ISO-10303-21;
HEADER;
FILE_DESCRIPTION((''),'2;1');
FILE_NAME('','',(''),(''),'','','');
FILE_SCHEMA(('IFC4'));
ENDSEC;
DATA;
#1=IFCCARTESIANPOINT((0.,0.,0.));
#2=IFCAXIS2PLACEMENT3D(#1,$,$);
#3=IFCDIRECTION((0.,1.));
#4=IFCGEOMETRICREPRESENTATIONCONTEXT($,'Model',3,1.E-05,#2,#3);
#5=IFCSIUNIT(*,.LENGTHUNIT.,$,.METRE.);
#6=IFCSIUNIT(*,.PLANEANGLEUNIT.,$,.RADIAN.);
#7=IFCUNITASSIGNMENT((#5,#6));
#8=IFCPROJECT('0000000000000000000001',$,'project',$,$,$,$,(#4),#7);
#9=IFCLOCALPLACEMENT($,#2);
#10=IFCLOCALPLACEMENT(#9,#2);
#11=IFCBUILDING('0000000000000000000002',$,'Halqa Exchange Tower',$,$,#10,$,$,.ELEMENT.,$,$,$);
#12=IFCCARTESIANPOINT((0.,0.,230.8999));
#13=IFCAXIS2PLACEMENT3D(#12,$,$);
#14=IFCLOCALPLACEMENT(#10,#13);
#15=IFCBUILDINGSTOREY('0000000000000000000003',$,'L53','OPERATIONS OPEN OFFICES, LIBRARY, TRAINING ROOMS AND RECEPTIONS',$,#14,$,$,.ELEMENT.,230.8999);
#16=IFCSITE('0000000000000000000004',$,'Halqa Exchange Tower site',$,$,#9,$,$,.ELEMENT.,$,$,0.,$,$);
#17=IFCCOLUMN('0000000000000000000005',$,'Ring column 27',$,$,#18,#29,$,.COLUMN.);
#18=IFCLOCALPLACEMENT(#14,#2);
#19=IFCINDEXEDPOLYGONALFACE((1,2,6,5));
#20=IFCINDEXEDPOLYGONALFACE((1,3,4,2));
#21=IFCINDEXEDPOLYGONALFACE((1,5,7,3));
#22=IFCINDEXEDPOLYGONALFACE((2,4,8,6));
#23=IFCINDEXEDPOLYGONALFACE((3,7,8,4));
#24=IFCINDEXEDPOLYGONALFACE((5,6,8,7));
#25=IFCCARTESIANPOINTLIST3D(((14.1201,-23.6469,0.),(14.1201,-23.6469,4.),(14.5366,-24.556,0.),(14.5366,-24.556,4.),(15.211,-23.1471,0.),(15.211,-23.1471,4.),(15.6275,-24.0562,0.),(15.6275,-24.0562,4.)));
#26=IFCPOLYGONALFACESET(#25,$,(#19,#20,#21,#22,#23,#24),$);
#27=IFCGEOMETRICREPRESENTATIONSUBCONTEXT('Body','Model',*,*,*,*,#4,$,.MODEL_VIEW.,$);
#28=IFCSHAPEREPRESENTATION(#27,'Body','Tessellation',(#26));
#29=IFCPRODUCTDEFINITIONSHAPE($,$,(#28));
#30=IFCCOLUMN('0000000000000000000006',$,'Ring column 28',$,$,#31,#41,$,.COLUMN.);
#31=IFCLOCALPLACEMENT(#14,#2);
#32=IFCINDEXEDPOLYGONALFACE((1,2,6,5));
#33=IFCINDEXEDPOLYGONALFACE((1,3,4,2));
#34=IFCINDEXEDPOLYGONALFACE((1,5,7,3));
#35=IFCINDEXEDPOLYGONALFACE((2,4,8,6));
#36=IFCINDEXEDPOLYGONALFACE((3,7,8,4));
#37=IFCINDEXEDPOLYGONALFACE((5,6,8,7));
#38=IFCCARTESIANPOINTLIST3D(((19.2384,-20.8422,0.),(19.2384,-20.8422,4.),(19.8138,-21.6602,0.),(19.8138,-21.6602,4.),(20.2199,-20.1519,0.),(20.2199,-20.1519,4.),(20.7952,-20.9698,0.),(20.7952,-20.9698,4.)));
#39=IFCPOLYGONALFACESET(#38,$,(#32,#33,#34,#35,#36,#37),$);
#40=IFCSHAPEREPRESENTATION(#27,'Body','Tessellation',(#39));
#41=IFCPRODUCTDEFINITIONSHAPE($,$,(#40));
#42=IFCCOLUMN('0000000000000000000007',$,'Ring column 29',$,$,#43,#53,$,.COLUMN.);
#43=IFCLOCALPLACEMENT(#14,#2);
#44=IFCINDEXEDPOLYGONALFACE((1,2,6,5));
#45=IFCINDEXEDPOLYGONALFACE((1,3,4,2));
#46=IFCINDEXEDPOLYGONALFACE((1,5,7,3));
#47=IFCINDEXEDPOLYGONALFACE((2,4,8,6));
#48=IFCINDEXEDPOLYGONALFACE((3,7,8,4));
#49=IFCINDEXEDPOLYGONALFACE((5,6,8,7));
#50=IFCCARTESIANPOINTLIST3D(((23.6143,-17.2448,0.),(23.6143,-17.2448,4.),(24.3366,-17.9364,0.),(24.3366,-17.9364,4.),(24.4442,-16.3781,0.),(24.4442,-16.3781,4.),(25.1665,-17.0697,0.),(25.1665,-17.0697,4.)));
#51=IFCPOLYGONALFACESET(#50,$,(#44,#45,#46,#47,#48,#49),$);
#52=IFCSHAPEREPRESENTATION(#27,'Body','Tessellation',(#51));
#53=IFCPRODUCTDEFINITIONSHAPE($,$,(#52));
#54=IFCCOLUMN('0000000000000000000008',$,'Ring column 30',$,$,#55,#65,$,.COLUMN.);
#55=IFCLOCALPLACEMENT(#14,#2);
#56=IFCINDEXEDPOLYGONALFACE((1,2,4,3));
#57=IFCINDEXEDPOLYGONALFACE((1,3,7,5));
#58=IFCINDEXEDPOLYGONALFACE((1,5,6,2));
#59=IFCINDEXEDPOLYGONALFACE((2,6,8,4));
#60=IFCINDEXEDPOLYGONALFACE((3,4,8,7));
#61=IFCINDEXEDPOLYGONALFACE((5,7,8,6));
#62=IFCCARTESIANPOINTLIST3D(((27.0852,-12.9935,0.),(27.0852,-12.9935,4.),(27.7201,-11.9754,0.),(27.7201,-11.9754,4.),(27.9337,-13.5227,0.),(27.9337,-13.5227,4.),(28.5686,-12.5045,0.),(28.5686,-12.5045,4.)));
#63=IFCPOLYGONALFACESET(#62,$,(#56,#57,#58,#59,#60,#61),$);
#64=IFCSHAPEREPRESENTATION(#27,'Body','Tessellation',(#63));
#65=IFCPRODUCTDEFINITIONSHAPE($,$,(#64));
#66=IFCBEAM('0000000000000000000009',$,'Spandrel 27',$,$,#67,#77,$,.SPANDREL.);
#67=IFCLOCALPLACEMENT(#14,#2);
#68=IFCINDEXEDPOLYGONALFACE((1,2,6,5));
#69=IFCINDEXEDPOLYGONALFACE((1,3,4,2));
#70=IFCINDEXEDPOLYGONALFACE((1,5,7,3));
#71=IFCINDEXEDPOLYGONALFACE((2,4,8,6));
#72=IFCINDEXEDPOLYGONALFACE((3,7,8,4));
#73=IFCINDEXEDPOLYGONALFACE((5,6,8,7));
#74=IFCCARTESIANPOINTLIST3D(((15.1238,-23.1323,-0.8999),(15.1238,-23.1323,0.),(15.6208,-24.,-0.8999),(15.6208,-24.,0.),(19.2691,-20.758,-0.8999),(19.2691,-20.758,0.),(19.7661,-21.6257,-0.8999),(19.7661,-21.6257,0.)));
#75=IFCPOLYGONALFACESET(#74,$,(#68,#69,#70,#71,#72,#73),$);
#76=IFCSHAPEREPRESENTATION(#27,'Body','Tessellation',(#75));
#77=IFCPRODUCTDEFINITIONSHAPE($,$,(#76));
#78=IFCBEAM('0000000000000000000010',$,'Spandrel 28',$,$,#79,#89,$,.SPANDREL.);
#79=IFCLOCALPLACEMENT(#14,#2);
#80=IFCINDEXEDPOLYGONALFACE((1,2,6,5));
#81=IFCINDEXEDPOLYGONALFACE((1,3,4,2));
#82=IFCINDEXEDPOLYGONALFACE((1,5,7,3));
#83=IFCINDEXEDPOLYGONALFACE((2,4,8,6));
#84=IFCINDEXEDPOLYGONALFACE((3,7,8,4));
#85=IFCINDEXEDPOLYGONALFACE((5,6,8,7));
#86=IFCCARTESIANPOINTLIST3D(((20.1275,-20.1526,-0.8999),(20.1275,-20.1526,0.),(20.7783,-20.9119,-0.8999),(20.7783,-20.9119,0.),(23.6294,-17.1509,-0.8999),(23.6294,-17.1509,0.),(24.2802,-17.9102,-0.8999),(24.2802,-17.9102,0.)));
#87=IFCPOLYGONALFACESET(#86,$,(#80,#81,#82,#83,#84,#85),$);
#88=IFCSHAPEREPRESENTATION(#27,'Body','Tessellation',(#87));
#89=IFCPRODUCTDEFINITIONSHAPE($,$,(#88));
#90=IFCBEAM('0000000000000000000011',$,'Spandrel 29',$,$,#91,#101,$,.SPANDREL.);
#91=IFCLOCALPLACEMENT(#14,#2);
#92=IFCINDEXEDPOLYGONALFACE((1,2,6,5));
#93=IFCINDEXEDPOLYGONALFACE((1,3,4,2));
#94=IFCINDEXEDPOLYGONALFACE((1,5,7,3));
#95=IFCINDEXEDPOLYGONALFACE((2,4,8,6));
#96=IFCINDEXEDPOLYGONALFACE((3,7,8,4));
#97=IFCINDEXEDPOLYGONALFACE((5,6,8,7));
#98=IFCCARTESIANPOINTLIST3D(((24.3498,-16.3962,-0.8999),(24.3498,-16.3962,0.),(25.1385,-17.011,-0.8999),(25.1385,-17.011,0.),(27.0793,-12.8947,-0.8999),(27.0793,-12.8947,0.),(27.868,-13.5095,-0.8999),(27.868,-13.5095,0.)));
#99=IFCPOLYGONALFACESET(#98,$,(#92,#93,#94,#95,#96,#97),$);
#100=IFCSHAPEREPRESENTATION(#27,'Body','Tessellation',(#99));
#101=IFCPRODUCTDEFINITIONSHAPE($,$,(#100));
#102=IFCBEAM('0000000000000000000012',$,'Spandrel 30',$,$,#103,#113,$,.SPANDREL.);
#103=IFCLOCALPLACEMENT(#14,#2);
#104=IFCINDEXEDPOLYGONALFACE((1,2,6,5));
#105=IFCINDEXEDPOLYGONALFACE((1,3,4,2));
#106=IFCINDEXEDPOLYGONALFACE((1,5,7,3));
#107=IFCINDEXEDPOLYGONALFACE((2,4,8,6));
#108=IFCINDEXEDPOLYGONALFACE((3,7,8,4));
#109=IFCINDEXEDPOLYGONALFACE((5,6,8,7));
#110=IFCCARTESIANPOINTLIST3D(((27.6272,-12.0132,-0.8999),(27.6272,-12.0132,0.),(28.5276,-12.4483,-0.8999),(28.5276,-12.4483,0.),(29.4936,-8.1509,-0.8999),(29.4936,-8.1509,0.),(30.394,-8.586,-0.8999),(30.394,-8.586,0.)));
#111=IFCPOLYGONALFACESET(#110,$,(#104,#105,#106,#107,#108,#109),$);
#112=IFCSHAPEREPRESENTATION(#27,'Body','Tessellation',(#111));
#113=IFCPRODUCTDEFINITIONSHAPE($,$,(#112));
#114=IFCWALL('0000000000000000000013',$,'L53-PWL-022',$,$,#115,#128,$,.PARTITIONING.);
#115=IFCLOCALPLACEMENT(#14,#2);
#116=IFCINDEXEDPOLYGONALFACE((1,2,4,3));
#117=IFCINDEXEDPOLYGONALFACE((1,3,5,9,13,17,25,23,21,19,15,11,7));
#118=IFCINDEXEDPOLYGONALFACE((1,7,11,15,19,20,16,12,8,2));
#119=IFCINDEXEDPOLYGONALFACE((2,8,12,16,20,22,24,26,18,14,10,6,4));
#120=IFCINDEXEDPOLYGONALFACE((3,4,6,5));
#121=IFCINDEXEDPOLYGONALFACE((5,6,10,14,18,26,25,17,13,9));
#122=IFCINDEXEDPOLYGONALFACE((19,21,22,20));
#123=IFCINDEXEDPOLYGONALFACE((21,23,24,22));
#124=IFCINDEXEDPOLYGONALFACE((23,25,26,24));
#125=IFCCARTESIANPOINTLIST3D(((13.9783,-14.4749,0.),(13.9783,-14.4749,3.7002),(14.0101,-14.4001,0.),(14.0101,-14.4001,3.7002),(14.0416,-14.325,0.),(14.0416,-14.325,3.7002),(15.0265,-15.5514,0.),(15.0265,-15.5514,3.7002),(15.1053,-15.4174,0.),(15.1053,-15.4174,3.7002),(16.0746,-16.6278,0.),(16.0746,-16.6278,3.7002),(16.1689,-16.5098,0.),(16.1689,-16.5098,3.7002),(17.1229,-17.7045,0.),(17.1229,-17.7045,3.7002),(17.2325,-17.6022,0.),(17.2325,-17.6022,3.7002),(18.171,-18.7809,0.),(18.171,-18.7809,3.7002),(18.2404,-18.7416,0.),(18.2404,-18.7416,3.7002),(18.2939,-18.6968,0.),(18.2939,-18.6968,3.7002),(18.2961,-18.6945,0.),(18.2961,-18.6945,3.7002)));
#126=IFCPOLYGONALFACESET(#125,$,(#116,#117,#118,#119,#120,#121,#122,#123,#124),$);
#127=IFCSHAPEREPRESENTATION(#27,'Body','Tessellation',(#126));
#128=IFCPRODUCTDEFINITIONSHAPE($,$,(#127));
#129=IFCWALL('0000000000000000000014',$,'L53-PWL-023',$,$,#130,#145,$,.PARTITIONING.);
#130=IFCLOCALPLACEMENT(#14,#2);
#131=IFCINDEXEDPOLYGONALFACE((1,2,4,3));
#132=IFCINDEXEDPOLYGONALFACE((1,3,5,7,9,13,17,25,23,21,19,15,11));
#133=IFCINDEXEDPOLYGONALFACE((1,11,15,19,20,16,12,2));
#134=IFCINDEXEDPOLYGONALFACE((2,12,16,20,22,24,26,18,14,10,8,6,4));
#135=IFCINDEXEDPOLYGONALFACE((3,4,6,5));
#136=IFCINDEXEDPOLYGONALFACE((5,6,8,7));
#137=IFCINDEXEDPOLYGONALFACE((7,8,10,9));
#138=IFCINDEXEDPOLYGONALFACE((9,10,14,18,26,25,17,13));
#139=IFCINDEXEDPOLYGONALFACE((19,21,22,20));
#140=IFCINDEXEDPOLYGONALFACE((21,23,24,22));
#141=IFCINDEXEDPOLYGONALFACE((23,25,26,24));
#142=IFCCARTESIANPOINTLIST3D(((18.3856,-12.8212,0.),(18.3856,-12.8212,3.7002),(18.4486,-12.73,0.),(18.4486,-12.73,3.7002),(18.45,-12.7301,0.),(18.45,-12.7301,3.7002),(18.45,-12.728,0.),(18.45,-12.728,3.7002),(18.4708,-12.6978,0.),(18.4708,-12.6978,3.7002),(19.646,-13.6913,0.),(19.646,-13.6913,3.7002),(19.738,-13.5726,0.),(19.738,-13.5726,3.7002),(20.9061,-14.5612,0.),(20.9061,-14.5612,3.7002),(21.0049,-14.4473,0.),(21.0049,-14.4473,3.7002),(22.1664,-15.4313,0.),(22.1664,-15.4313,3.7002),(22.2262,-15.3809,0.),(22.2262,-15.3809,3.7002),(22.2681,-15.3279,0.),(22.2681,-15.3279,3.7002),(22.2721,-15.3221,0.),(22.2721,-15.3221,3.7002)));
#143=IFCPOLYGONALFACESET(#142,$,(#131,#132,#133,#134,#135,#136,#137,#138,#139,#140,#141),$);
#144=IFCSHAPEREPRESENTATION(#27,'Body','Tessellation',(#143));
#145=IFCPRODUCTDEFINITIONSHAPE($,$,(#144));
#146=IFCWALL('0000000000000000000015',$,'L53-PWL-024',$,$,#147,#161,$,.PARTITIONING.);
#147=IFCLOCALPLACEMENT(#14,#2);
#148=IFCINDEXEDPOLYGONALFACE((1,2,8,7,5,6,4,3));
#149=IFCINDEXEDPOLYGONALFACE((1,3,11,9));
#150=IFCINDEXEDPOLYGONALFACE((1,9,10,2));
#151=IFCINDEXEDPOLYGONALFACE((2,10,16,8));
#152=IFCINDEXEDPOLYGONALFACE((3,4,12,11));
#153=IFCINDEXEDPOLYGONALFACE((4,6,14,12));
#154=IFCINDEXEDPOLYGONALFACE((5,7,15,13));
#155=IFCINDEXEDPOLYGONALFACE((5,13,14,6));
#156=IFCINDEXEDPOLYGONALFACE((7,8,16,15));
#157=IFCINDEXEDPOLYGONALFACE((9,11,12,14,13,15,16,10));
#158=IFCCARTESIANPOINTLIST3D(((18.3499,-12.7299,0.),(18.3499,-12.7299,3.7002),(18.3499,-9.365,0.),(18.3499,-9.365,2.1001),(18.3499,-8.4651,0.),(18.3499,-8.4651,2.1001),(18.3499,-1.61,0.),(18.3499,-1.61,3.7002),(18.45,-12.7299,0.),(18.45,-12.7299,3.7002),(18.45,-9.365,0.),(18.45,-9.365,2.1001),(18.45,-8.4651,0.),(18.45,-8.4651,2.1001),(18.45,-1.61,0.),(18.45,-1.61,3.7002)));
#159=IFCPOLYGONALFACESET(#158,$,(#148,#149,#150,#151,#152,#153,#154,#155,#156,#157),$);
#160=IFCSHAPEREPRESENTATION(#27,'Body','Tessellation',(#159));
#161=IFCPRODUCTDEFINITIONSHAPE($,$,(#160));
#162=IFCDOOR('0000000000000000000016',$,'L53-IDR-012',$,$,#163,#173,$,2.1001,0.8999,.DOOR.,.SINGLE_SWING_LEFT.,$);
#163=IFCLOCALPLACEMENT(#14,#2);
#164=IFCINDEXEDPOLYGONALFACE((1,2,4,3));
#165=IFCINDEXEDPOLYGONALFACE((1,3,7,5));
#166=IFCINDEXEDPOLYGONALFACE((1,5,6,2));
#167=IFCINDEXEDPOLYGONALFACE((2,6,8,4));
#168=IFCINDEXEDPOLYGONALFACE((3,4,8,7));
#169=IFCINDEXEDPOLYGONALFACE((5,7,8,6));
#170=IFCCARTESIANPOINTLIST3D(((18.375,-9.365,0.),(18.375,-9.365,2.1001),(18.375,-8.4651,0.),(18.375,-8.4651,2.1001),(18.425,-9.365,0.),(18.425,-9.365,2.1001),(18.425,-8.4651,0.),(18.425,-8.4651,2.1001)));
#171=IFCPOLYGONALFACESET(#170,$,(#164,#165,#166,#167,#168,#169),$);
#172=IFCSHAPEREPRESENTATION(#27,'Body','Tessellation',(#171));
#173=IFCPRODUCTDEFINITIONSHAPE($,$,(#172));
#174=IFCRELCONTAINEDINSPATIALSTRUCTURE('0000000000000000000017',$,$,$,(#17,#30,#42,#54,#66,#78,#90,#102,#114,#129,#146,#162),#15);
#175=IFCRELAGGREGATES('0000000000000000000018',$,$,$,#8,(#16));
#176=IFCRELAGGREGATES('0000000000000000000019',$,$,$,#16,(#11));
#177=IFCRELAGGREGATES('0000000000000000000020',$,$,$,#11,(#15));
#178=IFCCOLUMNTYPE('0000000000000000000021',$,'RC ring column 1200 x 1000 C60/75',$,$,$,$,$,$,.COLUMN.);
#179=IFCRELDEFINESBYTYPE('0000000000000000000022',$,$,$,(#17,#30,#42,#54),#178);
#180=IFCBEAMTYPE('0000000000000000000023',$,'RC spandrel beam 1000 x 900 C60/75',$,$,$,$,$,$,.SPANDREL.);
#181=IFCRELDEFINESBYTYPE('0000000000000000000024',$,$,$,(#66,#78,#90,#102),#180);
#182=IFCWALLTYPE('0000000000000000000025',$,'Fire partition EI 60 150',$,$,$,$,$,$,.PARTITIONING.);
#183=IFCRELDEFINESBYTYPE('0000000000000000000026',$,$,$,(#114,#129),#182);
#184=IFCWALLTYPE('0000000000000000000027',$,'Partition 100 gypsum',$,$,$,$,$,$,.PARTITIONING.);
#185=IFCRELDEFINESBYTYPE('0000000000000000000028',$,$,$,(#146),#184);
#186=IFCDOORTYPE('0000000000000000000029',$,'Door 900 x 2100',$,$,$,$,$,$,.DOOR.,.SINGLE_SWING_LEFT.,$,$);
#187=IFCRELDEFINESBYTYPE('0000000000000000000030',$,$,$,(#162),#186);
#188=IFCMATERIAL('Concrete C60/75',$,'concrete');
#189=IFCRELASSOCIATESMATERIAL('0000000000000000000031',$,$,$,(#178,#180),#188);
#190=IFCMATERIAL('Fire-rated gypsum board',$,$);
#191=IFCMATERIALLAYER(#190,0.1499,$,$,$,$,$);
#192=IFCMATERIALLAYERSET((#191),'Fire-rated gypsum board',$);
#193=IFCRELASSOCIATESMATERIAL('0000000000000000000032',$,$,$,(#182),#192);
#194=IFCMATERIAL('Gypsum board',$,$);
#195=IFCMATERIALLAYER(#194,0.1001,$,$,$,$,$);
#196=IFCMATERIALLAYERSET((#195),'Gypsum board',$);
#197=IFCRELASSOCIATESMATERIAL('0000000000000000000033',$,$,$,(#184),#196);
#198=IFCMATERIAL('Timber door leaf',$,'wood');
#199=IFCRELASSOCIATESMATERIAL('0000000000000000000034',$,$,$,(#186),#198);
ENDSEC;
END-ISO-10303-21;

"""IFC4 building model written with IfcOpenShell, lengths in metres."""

from ifc_helpers import new_model, si_unit, direction, frame, frame_2d, origin, origin_2d, place, context, subcontext, project, spatial, polyline, rectangle, outline, extrude, material, layer, layer_set, material_profile, profile_set, type_object, element, fill, save


model = new_model("IFC4")

# Units and contexts
model_context = context("Model", 3, precision=1e-05, world=origin(), true_north=direction((0.0, 1.0)))
body_context = subcontext(model_context, "Body", "Model", "MODEL_VIEW")
ifc_project = project(units=[si_unit("LENGTHUNIT", "METRE"), si_unit("PLANEANGLEUNIT", "RADIAN")], contexts=[model_context])

# Site, building, storey
site_placement = place(None, origin())
site = spatial("IfcSite", under=ifc_project, at=site_placement, Name="Halqa Exchange Tower site", CompositionType="ELEMENT", RefElevation=0.0)
building_placement = place(site_placement, origin())
building = spatial("IfcBuilding", under=site, at=building_placement, Name="Halqa Exchange Tower", CompositionType="ELEMENT")
storey_placement = place(building_placement, frame((0.0, 0.0, 230.8999)))
storey = spatial("IfcBuildingStorey", under=building, at=storey_placement, Name="L53", Description="OPERATIONS OPEN OFFICES, LIBRARY, TRAINING ROOMS AND RECEPTIONS", CompositionType="ELEMENT", Elevation=230.8999)

# Columns
ifc_material_1 = material(Name="Concrete C60/75", Category="concrete")
ifc_material_profile_1 = material_profile(ifc_material_1, rectangle(XDim=1.2, YDim=1.0, at=origin_2d()), Name="1200 x 1000")
ifc_profile_set_1 = profile_set([ifc_material_profile_1], Name="Concrete C60/75")
column_type = type_object("IfcColumnType", Name="RC ring column 1200 x 1000 C60/75", PredefinedType="COLUMN", material=ifc_profile_set_1)
for number, where, z_axis, x_axis, name in (
    (1, (14.8738, -23.8516, 0.0), (0.0, 0.0, 1.0), (0.909129, 0.416516, 0.0), "Ring column 27"),
    (2, (20.0168, -20.906, 0.0), (0.0, 0.0, 1.0), (0.817909, 0.575348, 0.0), "Ring column 28"),
    (3, (24.3904, -17.1572, 0.0), (0.0, 0.0, 1.0), (0.691576, 0.722304, 0.0), "Ring column 29"),
    (4, (27.8269, -12.749, 0.0), (0.0, 0.0, 1.0), (0.529146, 0.848531, 0.0), "Ring column 30"),
):
    element("IfcColumn", number, at=place(storey_placement, frame(where, z_axis=z_axis, x_axis=x_axis)), inside=storey, type_object=column_type, Name=name, PredefinedType="COLUMN", context=body_context, shape_type="SweptSolid", body=[
        extrude(rectangle(XDim=1.2, YDim=1.0, at=origin_2d()), origin(), (0.0, 0.0, 1.0), 4.0),
    ])

# Beams
ifc_material_profile_2 = material_profile(ifc_material_1, rectangle(XDim=1.0, YDim=0.8999, at=origin_2d()), Name="1000 x 900")
ifc_profile_set_2 = profile_set([ifc_material_profile_2], Name="Concrete C60/75")
beam_type = type_object("IfcBeamType", Name="RC spandrel beam 1000 x 900 C60/75", PredefinedType="SPANDREL", material=ifc_profile_set_2)
beam_1_placement = place(storey_placement, frame((15.3723, -23.5662, -0.45), z_axis=(0.867743, 0.497014, 0.0), x_axis=(-0.497014, 0.867743, 0.0)))
element("IfcBeam", 5, at=beam_1_placement, inside=storey, type_object=beam_type, Name="Spandrel 27", PredefinedType="SPANDREL", context=body_context, shape_type="SweptSolid", body=[
    extrude(rectangle(XDim=1.0, YDim=0.8999, at=origin_2d()), origin(), (0.0, 0.0, 1.0), 4.7771),
])
beam_2_placement = place(storey_placement, frame((20.4529, -20.5322, -0.45), z_axis=(0.759253, 0.650796, 0.0), x_axis=(-0.650796, 0.759253, 0.0)))
element("IfcBeam", 6, at=beam_2_placement, inside=storey, type_object=beam_type, Name="Spandrel 28", PredefinedType="SPANDREL", context=body_context, shape_type="SweptSolid", body=[
    extrude(rectangle(XDim=1.0, YDim=0.8999, at=origin_2d()), origin(), (0.0, 0.0, 1.0), 4.6123),
])
beam_3_placement = place(storey_placement, frame((24.7441, -16.7036, -0.45), z_axis=(0.614801, 0.788683, 0.0), x_axis=(-0.788683, 0.614801, 0.0)))
element("IfcBeam", 7, at=beam_3_placement, inside=storey, type_object=beam_type, Name="Spandrel 29", PredefinedType="SPANDREL", context=body_context, shape_type="SweptSolid", body=[
    extrude(rectangle(XDim=1.0, YDim=0.8999, at=origin_2d()), origin(), (0.0, 0.0, 1.0), 4.4397),
])
beam_4_placement = place(storey_placement, frame((28.0774, -12.2307, -0.45), z_axis=(0.435107, 0.900379, 0.0), x_axis=(-0.900379, 0.435107, 0.0)))
element("IfcBeam", 8, at=beam_4_placement, inside=storey, type_object=beam_type, Name="Spandrel 30", PredefinedType="SPANDREL", context=body_context, shape_type="SweptSolid", body=[
    extrude(rectangle(XDim=1.0, YDim=0.8999, at=origin_2d()), origin(), (0.0, 0.0, 1.0), 4.2896),
])

# Walls
ifc_material_2 = material(Name="Fire-rated gypsum board")
ifc_layer_1 = layer(ifc_material_2, 0.1499)
ifc_layer_set_1 = layer_set([ifc_layer_1], Name="Fire-rated gypsum board")
wall_type_1 = type_object("IfcWallType", Name="Fire partition EI 60 150", PredefinedType="PARTITIONING", material=ifc_layer_set_1)
wall_1_placement = place(storey_placement, frame((18.2424, -18.7468, 0.0), z_axis=(0.0, 0.0, 1.0), x_axis=(-0.697617, 0.716471, 0.0)))
element("IfcWall", 9, at=wall_1_placement, inside=storey, type_object=wall_type_1, Name="L53-PWL-022", PredefinedType="PARTITIONING", context=body_context, shape_type="SweptSolid", body=[
    extrude(outline(polyline([(0.0, -0.075), (1.5247, -0.075), (3.0493, -0.075), (4.574, -0.075), (6.0986, -0.075), (6.0669, 0.0), (6.0354, 0.075), (4.533, 0.075), (3.0305, 0.075), (1.5278, 0.075), (0.0254, 0.075), (0.0051, -0.0022), (0.0, -0.0718), (0.0, -0.075)])), origin(), (0.0, 0.0, 1.0), 3.7002),
])
wall_2_placement = place(storey_placement, frame((18.4282, -12.7595, 0.0), z_axis=(0.0, 0.0, 1.0), x_axis=(0.822939, -0.568129, 0.0)))
element("IfcWall", 10, at=wall_2_placement, inside=storey, type_object=wall_type_1, Name="L53-PWL-023", PredefinedType="PARTITIONING", context=body_context, shape_type="SweptSolid", body=[
    extrude(outline(polyline([(0.0, -0.075), (1.5315, -0.075), (3.0627, -0.075), (4.5942, -0.075), (4.6147, 0.0005), (4.6191, 0.0679), (4.6191, 0.075), (3.0793, 0.075), (1.5398, 0.075), (0.0, 0.075), (0.0, 0.0383), (0.0012, 0.0366), (0.0, 0.0359), (0.0, -0.075)])), origin(), (0.0, 0.0, 1.0), 3.7002),
])

# Wall, opening, door
ifc_material_3 = material(Name="Gypsum board")
ifc_layer_2 = layer(ifc_material_3, 0.1001)
ifc_layer_set_2 = layer_set([ifc_layer_2], Name="Gypsum board")
wall_type_2 = type_object("IfcWallType", Name="Partition 100 gypsum", PredefinedType="PARTITIONING", material=ifc_layer_set_2)
wall_3_placement = place(storey_placement, frame((18.3999, -12.73, 0.0), z_axis=(0.0, 0.0, 1.0), x_axis=(0.0, 1.0, 0.0)))
wall_3 = element("IfcWall", 11, at=wall_3_placement, inside=storey, type_object=wall_type_2, Name="L53-PWL-024", PredefinedType="PARTITIONING", context=body_context, shape_type="SweptSolid", body=[
    extrude(rectangle(XDim=11.1199, YDim=0.1001, at=frame_2d((5.5601, 0.0))), origin(), (0.0, 0.0, 1.0), 3.7002),
])
opening_1_placement = place(wall_3_placement, frame((3.365, 0.0, 0.0)))
opening_1 = element("IfcOpeningElement", 12, at=opening_1_placement, cuts=wall_3, PredefinedType="OPENING", context=body_context, shape_type="SweptSolid", body=[
    extrude(rectangle(XDim=0.8999, YDim=2.1001, at=frame_2d((0.45, 1.05))), frame((0.0, 0.062, 0.0), z_axis=(0.0, -1.0, 0.0), x_axis=(1.0, 0.0, 0.0)), (0.0, 0.0, 1.0), 0.124),
])
ifc_material_4 = material(Name="Timber door leaf", Category="wood")
door_type_1 = type_object("IfcDoorType", Name="Door 900 x 2100", OperationType="SINGLE_SWING_LEFT", PredefinedType="DOOR", material=ifc_material_4)
door_1_placement = place(opening_1_placement, origin())
door_1 = element("IfcDoor", 13, at=door_1_placement, inside=storey, type_object=door_type_1, Name="L53-IDR-012", OperationType="SINGLE_SWING_LEFT", OverallHeight=2.1001, OverallWidth=0.8999, PredefinedType="DOOR", context=body_context, shape_type="SweptSolid", body=[
    extrude(rectangle(XDim=0.8999, YDim=2.1001, at=frame_2d((0.45, 1.05))), frame((0.0, 0.0249, 0.0), z_axis=(0.0, -1.0, 0.0), x_axis=(1.0, 0.0, 0.0)), (0.0, 0.0, 1.0), 0.05),
])
fill(opening_1, door_1)

save(model, "model.ifc")
